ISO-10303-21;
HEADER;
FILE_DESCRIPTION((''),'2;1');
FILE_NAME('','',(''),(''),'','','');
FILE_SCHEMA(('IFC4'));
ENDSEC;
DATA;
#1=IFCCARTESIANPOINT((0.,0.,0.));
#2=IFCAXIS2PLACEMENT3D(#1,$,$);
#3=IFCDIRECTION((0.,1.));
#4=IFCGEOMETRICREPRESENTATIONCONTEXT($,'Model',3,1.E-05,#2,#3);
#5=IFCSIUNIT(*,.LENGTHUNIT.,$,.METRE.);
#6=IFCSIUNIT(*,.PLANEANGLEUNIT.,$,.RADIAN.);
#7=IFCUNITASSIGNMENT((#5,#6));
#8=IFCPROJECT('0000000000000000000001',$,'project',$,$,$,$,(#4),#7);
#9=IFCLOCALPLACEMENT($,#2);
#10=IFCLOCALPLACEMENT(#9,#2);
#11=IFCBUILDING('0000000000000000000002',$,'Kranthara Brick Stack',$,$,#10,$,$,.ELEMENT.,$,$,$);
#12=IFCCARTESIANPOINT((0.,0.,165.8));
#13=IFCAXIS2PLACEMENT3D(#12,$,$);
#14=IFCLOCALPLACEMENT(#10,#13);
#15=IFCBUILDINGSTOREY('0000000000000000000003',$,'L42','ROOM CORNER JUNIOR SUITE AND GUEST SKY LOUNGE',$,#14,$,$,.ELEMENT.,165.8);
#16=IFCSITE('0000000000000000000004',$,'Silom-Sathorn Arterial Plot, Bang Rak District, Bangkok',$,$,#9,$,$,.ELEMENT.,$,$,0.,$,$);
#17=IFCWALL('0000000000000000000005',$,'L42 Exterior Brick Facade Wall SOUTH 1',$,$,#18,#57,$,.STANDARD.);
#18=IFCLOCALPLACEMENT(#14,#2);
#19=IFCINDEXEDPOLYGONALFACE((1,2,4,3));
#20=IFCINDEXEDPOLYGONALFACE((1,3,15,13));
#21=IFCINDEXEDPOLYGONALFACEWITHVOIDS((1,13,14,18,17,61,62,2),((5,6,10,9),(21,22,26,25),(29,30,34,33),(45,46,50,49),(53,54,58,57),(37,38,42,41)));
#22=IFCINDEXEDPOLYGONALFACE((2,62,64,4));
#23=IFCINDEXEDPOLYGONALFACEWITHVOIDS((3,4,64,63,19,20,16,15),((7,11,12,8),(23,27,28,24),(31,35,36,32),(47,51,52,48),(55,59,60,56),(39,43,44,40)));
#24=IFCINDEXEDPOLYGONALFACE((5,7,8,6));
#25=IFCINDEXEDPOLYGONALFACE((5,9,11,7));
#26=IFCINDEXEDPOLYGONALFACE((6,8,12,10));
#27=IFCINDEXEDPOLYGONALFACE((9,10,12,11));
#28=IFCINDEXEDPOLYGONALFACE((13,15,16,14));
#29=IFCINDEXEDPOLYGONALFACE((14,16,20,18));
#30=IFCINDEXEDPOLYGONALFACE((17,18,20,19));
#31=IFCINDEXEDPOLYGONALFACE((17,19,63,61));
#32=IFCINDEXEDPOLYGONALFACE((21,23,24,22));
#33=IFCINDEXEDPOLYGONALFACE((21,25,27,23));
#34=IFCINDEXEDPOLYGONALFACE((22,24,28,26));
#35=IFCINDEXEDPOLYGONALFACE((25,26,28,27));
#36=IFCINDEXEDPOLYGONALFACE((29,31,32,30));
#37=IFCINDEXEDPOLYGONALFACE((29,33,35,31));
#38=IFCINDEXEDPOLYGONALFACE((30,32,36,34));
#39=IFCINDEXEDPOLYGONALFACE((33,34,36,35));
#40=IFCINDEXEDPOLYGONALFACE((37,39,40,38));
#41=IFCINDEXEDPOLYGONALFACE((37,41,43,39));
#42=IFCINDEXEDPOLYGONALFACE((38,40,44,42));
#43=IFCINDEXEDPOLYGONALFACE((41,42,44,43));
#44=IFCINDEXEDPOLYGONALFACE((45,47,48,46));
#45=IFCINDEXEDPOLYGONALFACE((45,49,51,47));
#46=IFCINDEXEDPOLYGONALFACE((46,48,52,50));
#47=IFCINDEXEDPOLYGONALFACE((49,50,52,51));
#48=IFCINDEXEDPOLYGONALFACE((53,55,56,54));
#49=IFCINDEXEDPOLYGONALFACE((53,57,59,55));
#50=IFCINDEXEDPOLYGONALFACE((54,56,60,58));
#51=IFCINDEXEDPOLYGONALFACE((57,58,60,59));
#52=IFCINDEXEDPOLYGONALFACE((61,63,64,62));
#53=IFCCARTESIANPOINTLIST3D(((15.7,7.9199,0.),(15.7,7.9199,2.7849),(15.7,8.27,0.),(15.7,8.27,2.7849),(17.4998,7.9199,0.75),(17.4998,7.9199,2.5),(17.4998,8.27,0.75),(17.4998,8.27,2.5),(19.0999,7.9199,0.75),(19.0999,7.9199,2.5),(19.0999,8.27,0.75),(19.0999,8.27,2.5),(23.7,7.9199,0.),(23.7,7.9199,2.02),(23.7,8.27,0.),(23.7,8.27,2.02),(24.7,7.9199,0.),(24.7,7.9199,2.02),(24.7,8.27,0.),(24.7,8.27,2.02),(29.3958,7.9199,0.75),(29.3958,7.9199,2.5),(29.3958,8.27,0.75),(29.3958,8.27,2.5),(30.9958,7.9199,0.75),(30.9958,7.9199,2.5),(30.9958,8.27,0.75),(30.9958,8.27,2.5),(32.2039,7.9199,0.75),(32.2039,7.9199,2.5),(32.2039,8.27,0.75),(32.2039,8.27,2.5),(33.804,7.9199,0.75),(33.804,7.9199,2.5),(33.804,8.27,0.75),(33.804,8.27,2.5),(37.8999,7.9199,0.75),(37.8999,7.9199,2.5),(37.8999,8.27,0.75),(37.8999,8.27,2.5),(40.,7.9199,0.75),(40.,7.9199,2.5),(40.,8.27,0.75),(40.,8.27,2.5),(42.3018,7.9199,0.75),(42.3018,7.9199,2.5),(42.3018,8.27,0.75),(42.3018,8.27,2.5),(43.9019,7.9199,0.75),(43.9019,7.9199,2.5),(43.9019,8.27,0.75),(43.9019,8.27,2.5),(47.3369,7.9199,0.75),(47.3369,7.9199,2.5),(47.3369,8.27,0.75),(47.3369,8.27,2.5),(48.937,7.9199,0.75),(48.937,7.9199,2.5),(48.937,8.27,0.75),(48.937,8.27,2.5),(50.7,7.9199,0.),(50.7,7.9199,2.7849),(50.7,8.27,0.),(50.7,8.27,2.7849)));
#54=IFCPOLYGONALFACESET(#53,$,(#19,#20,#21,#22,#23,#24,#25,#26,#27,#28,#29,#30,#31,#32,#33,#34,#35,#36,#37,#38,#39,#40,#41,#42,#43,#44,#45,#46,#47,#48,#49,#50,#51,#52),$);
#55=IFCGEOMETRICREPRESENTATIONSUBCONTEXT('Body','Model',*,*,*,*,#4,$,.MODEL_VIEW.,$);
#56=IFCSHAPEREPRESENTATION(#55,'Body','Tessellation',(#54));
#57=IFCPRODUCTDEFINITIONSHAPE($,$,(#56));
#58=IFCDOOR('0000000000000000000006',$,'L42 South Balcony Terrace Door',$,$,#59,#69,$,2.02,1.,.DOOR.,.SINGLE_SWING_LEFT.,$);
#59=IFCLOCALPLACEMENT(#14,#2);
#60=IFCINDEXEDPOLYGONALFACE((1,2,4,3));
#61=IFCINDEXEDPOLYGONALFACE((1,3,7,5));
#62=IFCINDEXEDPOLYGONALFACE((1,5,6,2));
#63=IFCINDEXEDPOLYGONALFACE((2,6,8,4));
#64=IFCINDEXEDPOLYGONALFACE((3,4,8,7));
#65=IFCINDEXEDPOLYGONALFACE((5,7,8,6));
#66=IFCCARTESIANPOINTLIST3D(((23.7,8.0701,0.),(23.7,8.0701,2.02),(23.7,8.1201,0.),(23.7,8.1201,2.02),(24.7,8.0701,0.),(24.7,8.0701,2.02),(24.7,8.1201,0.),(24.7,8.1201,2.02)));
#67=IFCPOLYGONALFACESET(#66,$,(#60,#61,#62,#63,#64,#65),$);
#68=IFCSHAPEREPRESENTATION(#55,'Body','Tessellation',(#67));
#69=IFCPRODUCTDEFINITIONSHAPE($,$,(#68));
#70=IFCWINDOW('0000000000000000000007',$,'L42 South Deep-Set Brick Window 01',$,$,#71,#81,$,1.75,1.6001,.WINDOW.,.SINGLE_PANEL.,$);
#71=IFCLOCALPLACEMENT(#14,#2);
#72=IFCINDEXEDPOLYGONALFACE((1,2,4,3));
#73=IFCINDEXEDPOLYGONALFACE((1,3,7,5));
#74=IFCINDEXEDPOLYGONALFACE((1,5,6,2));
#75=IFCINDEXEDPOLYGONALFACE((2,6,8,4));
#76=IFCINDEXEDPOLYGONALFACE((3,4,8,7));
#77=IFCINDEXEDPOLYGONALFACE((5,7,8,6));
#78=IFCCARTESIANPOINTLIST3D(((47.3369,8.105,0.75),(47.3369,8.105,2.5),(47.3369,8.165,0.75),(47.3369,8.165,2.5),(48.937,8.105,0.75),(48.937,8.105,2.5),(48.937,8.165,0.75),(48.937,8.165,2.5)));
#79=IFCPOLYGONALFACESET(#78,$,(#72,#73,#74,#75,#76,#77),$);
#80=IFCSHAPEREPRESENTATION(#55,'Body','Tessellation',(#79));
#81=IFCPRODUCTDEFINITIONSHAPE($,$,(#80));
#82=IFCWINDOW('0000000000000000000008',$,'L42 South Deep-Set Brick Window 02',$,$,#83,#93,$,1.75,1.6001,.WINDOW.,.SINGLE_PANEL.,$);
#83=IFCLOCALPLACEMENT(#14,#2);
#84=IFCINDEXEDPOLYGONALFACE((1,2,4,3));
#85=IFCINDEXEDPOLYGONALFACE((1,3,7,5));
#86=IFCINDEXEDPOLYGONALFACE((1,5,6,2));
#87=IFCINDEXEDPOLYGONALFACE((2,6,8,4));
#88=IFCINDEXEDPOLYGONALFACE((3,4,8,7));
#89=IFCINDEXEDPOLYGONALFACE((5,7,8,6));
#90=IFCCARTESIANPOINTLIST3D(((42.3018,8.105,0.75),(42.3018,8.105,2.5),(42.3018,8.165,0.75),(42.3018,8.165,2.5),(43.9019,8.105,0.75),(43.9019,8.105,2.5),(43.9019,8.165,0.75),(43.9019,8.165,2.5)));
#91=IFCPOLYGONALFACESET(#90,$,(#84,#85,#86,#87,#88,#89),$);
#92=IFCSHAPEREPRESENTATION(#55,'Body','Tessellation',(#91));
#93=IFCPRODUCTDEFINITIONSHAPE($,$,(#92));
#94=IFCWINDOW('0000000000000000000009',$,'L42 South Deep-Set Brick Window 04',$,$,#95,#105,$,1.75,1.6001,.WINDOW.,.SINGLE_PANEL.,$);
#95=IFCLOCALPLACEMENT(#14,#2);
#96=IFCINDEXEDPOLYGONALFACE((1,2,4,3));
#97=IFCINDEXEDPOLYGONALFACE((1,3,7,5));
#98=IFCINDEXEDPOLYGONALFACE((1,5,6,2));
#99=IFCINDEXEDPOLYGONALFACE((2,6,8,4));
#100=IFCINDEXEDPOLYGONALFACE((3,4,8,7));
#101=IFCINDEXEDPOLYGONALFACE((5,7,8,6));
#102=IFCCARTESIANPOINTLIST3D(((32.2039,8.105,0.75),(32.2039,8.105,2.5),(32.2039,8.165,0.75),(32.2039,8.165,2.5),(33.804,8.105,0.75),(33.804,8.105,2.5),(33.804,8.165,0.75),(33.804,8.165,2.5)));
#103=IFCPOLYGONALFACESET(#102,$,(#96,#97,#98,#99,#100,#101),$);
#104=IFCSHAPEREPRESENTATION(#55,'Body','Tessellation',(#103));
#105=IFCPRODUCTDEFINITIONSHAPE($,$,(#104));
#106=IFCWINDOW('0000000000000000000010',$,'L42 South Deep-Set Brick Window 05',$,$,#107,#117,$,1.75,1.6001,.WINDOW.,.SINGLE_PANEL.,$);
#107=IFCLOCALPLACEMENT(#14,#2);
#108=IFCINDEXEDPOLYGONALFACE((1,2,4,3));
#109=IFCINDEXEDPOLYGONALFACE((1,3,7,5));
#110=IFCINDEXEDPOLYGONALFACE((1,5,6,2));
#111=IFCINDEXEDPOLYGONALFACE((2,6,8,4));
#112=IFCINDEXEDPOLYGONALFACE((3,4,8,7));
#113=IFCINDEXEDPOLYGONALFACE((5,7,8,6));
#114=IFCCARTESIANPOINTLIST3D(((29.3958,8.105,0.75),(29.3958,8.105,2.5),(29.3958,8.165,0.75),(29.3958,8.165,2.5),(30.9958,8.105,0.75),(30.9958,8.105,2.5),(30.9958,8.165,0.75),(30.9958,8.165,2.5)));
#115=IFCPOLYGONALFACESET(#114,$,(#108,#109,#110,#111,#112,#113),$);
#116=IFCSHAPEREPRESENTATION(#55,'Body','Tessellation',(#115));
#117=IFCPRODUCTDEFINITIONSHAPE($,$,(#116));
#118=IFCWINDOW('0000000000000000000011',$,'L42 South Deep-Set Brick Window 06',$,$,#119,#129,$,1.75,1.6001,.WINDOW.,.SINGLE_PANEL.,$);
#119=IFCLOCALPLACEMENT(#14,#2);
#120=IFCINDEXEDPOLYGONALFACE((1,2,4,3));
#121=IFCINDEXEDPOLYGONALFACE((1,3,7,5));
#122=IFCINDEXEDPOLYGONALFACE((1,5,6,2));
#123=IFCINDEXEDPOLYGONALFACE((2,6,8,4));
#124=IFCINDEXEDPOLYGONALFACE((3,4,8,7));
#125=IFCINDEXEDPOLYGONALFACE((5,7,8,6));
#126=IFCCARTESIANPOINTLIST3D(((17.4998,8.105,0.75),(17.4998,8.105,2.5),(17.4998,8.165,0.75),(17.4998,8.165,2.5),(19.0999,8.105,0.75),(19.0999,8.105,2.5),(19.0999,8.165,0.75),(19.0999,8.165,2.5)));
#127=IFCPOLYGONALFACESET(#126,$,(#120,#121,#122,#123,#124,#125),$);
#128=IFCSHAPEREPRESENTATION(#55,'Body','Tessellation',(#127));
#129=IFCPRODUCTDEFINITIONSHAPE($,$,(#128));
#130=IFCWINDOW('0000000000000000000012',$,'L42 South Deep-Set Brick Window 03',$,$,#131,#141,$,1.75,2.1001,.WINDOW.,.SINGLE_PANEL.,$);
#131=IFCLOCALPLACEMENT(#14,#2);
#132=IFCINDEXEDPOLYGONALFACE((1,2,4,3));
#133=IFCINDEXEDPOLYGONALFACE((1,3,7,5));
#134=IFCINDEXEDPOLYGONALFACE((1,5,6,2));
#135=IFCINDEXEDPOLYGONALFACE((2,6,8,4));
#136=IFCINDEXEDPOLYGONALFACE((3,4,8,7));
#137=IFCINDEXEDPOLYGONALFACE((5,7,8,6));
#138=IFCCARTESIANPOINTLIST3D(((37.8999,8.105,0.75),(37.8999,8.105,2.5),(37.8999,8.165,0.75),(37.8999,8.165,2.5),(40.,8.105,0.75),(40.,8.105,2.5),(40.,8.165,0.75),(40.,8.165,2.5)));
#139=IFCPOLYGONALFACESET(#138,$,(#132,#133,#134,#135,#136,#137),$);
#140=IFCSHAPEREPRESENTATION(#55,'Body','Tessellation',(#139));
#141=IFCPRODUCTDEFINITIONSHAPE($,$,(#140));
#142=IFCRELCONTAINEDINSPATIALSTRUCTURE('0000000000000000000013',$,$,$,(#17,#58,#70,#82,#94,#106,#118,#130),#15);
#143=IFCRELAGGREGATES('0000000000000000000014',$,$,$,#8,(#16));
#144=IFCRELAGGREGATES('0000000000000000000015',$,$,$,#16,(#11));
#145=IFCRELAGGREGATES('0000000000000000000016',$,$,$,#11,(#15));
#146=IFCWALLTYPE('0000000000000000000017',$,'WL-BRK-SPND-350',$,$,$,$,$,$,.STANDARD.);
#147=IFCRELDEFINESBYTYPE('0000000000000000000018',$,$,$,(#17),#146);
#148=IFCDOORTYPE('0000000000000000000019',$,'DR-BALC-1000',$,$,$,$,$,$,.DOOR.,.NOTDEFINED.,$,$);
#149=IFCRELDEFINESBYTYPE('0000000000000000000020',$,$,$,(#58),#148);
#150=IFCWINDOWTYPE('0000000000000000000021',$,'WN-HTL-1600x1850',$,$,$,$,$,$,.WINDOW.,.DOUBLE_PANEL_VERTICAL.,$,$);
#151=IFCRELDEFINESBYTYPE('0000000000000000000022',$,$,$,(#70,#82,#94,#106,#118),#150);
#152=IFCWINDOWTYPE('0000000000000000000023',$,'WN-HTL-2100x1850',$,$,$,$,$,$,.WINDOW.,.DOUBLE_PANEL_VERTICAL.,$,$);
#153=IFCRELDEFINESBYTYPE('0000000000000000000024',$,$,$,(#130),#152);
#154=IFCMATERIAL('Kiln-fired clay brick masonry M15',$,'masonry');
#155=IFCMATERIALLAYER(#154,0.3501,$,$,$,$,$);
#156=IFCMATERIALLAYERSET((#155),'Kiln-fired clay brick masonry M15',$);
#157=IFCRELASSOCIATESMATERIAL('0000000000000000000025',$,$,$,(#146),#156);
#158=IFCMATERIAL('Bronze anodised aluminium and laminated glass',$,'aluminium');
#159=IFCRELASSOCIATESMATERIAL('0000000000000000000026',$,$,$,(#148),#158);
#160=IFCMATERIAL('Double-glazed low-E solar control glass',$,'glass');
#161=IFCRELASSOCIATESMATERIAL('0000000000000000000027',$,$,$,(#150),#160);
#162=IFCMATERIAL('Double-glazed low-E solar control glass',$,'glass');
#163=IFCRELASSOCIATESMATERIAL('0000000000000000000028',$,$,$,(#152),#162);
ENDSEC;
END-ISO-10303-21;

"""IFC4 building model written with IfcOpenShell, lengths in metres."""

from ifc_helpers import new_model, si_unit, direction, frame, frame_2d, origin, place, context, subcontext, project, spatial, rectangle, extrude, material, layer, layer_set, type_object, element, fill, save


model = new_model("IFC4")

# Units and contexts
model_context = context("Model", 3, precision=1e-05, world=origin(), true_north=direction((0.0, 1.0)))
body_context = subcontext(model_context, "Body", "Model", "MODEL_VIEW")
ifc_project = project(units=[si_unit("LENGTHUNIT", "METRE"), si_unit("PLANEANGLEUNIT", "RADIAN")], contexts=[model_context])

# Site, building, storey
site_placement = place(None, origin())
site = spatial("IfcSite", under=ifc_project, at=site_placement, Name="Silom-Sathorn Arterial Plot, Bang Rak District, Bangkok", CompositionType="ELEMENT", RefElevation=0.0)
building_placement = place(site_placement, origin())
building = spatial("IfcBuilding", under=site, at=building_placement, Name="Kranthara Brick Stack", CompositionType="ELEMENT")
storey_placement = place(building_placement, frame((0.0, 0.0, 165.8)))
storey = spatial("IfcBuildingStorey", under=building, at=storey_placement, Name="L42", Description="ROOM CORNER JUNIOR SUITE AND GUEST SKY LOUNGE", CompositionType="ELEMENT", Elevation=165.8)

# Wall, openings, door, windows
ifc_material_1 = material(Name="Kiln-fired clay brick masonry M15", Category="masonry")
ifc_layer_1 = layer(ifc_material_1, 0.3501)
ifc_layer_set_1 = layer_set([ifc_layer_1], Name="Kiln-fired clay brick masonry M15")
wall_type_1 = type_object("IfcWallType", Name="WL-BRK-SPND-350", PredefinedType="STANDARD", material=ifc_layer_set_1)
wall_1_placement = place(storey_placement, frame((50.7, 8.095, 0.0), z_axis=(0.0, 0.0, 1.0), x_axis=(-1.0, 0.0, 0.0)))
wall_1 = element("IfcWall", 1, at=wall_1_placement, inside=storey, type_object=wall_type_1, Name="L42 Exterior Brick Facade Wall SOUTH 1", PredefinedType="STANDARD", context=body_context, shape_type="SweptSolid", body=[
    extrude(rectangle(XDim=35.0, YDim=0.3501, at=frame_2d((17.5, 0.0))), origin(), (0.0, 0.0, 1.0), 2.7849),
])
opening_1_placement = place(wall_1_placement, frame((26.0, 0.0, 0.0)))
opening_1 = element("IfcOpeningElement", 2, at=opening_1_placement, cuts=wall_1, PredefinedType="OPENING", context=body_context, shape_type="SweptSolid", body=[
    extrude(rectangle(XDim=1.0, YDim=2.02, at=frame_2d((0.5, 1.01))), frame((0.0, 0.1851, 0.0), z_axis=(0.0, -1.0, 0.0), x_axis=(1.0, 0.0, 0.0)), (0.0, 0.0, 1.0), 0.3701),
])
opening_2_placement = place(wall_1_placement, frame((1.7629, 0.0, 0.75)))
opening_2 = element("IfcOpeningElement", 3, at=opening_2_placement, cuts=wall_1, PredefinedType="OPENING", context=body_context, shape_type="SweptSolid", body=[
    extrude(rectangle(XDim=1.6001, YDim=1.75, at=frame_2d((0.8, 0.875))), frame((0.0, 0.1851, 0.0), z_axis=(0.0, -1.0, 0.0), x_axis=(1.0, 0.0, 0.0)), (0.0, 0.0, 1.0), 0.3701),
])
opening_3_placement = place(wall_1_placement, frame((6.7981, 0.0, 0.75)))
opening_3 = element("IfcOpeningElement", 4, at=opening_3_placement, cuts=wall_1, PredefinedType="OPENING", context=body_context, shape_type="SweptSolid", body=[
    extrude(rectangle(XDim=1.6001, YDim=1.75, at=frame_2d((0.8, 0.875))), frame((0.0, 0.1851, 0.0), z_axis=(0.0, -1.0, 0.0), x_axis=(1.0, 0.0, 0.0)), (0.0, 0.0, 1.0), 0.3701),
])
opening_4_placement = place(wall_1_placement, frame((10.7, 0.0, 0.75)))
opening_4 = element("IfcOpeningElement", 5, at=opening_4_placement, cuts=wall_1, PredefinedType="OPENING", context=body_context, shape_type="SweptSolid", body=[
    extrude(rectangle(XDim=2.1001, YDim=1.75, at=frame_2d((1.05, 0.875))), frame((0.0, 0.1851, 0.0), z_axis=(0.0, -1.0, 0.0), x_axis=(1.0, 0.0, 0.0)), (0.0, 0.0, 1.0), 0.3701),
])
opening_5_placement = place(wall_1_placement, frame((16.896, 0.0, 0.75)))
opening_5 = element("IfcOpeningElement", 6, at=opening_5_placement, cuts=wall_1, PredefinedType="OPENING", context=body_context, shape_type="SweptSolid", body=[
    extrude(rectangle(XDim=1.6001, YDim=1.75, at=frame_2d((0.8, 0.875))), frame((0.0, 0.1851, 0.0), z_axis=(0.0, -1.0, 0.0), x_axis=(1.0, 0.0, 0.0)), (0.0, 0.0, 1.0), 0.3701),
])
opening_6_placement = place(wall_1_placement, frame((19.7041, 0.0, 0.75)))
opening_6 = element("IfcOpeningElement", 7, at=opening_6_placement, cuts=wall_1, PredefinedType="OPENING", context=body_context, shape_type="SweptSolid", body=[
    extrude(rectangle(XDim=1.6001, YDim=1.75, at=frame_2d((0.8, 0.875))), frame((0.0, 0.1851, 0.0), z_axis=(0.0, -1.0, 0.0), x_axis=(1.0, 0.0, 0.0)), (0.0, 0.0, 1.0), 0.3701),
])
opening_7_placement = place(wall_1_placement, frame((31.6001, 0.0, 0.75)))
opening_7 = element("IfcOpeningElement", 8, at=opening_7_placement, cuts=wall_1, PredefinedType="OPENING", context=body_context, shape_type="SweptSolid", body=[
    extrude(rectangle(XDim=1.6001, YDim=1.75, at=frame_2d((0.8, 0.875))), frame((0.0, 0.1851, 0.0), z_axis=(0.0, -1.0, 0.0), x_axis=(1.0, 0.0, 0.0)), (0.0, 0.0, 1.0), 0.3701),
])
ifc_material_2 = material(Name="Bronze anodised aluminium and laminated glass", Category="aluminium")
door_type_1 = type_object("IfcDoorType", Name="DR-BALC-1000", OperationType="NOTDEFINED", PredefinedType="DOOR", material=ifc_material_2)
door_1_placement = place(opening_1_placement, origin())
door_1 = element("IfcDoor", 9, at=door_1_placement, inside=storey, type_object=door_type_1, Name="L42 South Balcony Terrace Door", OperationType="SINGLE_SWING_LEFT", OverallHeight=2.02, OverallWidth=1.0, PredefinedType="DOOR", context=body_context, shape_type="SweptSolid", body=[
    extrude(rectangle(XDim=1.0, YDim=2.02, at=frame_2d((0.5, 1.01))), frame((0.0, 0.0249, 0.0), z_axis=(0.0, -1.0, 0.0), x_axis=(1.0, 0.0, 0.0)), (0.0, 0.0, 1.0), 0.05),
])
fill(opening_1, door_1)
ifc_material_3 = material(Name="Double-glazed low-E solar control glass", Category="glass")
window_type_1 = type_object("IfcWindowType", Name="WN-HTL-1600x1850", PartitioningType="DOUBLE_PANEL_VERTICAL", PredefinedType="WINDOW", material=ifc_material_3)
window_1_placement = place(opening_2_placement, origin())
window_1 = element("IfcWindow", 10, at=window_1_placement, inside=storey, type_object=window_type_1, Name="L42 South Deep-Set Brick Window 01", OverallHeight=1.75, OverallWidth=1.6001, PartitioningType="SINGLE_PANEL", PredefinedType="WINDOW", context=body_context, shape_type="SweptSolid", body=[
    extrude(rectangle(XDim=1.6001, YDim=1.75, at=frame_2d((0.8, 0.875))), frame((0.0, -0.01, 0.0), z_axis=(0.0, -1.0, 0.0), x_axis=(1.0, 0.0, 0.0)), (0.0, 0.0, 1.0), 0.0601),
])
fill(opening_2, window_1)
window_2_placement = place(opening_3_placement, origin())
window_2 = element("IfcWindow", 11, at=window_2_placement, inside=storey, type_object=window_type_1, Name="L42 South Deep-Set Brick Window 02", OverallHeight=1.75, OverallWidth=1.6001, PartitioningType="SINGLE_PANEL", PredefinedType="WINDOW", context=body_context, shape_type="SweptSolid", body=[
    extrude(rectangle(XDim=1.6001, YDim=1.75, at=frame_2d((0.8, 0.875))), frame((0.0, -0.01, 0.0), z_axis=(0.0, -1.0, 0.0), x_axis=(1.0, 0.0, 0.0)), (0.0, 0.0, 1.0), 0.0601),
])
fill(opening_3, window_2)
window_3_placement = place(opening_5_placement, origin())
window_3 = element("IfcWindow", 12, at=window_3_placement, inside=storey, type_object=window_type_1, Name="L42 South Deep-Set Brick Window 04", OverallHeight=1.75, OverallWidth=1.6001, PartitioningType="SINGLE_PANEL", PredefinedType="WINDOW", context=body_context, shape_type="SweptSolid", body=[
    extrude(rectangle(XDim=1.6001, YDim=1.75, at=frame_2d((0.8, 0.875))), frame((0.0, -0.01, 0.0), z_axis=(0.0, -1.0, 0.0), x_axis=(1.0, 0.0, 0.0)), (0.0, 0.0, 1.0), 0.0601),
])
fill(opening_5, window_3)
window_4_placement = place(opening_6_placement, origin())
window_4 = element("IfcWindow", 13, at=window_4_placement, inside=storey, type_object=window_type_1, Name="L42 South Deep-Set Brick Window 05", OverallHeight=1.75, OverallWidth=1.6001, PartitioningType="SINGLE_PANEL", PredefinedType="WINDOW", context=body_context, shape_type="SweptSolid", body=[
    extrude(rectangle(XDim=1.6001, YDim=1.75, at=frame_2d((0.8, 0.875))), frame((0.0, -0.01, 0.0), z_axis=(0.0, -1.0, 0.0), x_axis=(1.0, 0.0, 0.0)), (0.0, 0.0, 1.0), 0.0601),
])
fill(opening_6, window_4)
window_5_placement = place(opening_7_placement, origin())
window_5 = element("IfcWindow", 14, at=window_5_placement, inside=storey, type_object=window_type_1, Name="L42 South Deep-Set Brick Window 06", OverallHeight=1.75, OverallWidth=1.6001, PartitioningType="SINGLE_PANEL", PredefinedType="WINDOW", context=body_context, shape_type="SweptSolid", body=[
    extrude(rectangle(XDim=1.6001, YDim=1.75, at=frame_2d((0.8, 0.875))), frame((0.0, -0.01, 0.0), z_axis=(0.0, -1.0, 0.0), x_axis=(1.0, 0.0, 0.0)), (0.0, 0.0, 1.0), 0.0601),
])
fill(opening_7, window_5)
ifc_material_4 = material(Name="Double-glazed low-E solar control glass", Category="glass")
window_type_2 = type_object("IfcWindowType", Name="WN-HTL-2100x1850", PartitioningType="DOUBLE_PANEL_VERTICAL", PredefinedType="WINDOW", material=ifc_material_4)
window_6_placement = place(opening_4_placement, origin())
window_6 = element("IfcWindow", 15, at=window_6_placement, inside=storey, type_object=window_type_2, Name="L42 South Deep-Set Brick Window 03", OverallHeight=1.75, OverallWidth=2.1001, PartitioningType="SINGLE_PANEL", PredefinedType="WINDOW", context=body_context, shape_type="SweptSolid", body=[
    extrude(rectangle(XDim=2.1001, YDim=1.75, at=frame_2d((1.05, 0.875))), frame((0.0, -0.01, 0.0), z_axis=(0.0, -1.0, 0.0), x_axis=(1.0, 0.0, 0.0)), (0.0, 0.0, 1.0), 0.0601),
])
fill(opening_4, window_6)

save(model, "model.ifc")
